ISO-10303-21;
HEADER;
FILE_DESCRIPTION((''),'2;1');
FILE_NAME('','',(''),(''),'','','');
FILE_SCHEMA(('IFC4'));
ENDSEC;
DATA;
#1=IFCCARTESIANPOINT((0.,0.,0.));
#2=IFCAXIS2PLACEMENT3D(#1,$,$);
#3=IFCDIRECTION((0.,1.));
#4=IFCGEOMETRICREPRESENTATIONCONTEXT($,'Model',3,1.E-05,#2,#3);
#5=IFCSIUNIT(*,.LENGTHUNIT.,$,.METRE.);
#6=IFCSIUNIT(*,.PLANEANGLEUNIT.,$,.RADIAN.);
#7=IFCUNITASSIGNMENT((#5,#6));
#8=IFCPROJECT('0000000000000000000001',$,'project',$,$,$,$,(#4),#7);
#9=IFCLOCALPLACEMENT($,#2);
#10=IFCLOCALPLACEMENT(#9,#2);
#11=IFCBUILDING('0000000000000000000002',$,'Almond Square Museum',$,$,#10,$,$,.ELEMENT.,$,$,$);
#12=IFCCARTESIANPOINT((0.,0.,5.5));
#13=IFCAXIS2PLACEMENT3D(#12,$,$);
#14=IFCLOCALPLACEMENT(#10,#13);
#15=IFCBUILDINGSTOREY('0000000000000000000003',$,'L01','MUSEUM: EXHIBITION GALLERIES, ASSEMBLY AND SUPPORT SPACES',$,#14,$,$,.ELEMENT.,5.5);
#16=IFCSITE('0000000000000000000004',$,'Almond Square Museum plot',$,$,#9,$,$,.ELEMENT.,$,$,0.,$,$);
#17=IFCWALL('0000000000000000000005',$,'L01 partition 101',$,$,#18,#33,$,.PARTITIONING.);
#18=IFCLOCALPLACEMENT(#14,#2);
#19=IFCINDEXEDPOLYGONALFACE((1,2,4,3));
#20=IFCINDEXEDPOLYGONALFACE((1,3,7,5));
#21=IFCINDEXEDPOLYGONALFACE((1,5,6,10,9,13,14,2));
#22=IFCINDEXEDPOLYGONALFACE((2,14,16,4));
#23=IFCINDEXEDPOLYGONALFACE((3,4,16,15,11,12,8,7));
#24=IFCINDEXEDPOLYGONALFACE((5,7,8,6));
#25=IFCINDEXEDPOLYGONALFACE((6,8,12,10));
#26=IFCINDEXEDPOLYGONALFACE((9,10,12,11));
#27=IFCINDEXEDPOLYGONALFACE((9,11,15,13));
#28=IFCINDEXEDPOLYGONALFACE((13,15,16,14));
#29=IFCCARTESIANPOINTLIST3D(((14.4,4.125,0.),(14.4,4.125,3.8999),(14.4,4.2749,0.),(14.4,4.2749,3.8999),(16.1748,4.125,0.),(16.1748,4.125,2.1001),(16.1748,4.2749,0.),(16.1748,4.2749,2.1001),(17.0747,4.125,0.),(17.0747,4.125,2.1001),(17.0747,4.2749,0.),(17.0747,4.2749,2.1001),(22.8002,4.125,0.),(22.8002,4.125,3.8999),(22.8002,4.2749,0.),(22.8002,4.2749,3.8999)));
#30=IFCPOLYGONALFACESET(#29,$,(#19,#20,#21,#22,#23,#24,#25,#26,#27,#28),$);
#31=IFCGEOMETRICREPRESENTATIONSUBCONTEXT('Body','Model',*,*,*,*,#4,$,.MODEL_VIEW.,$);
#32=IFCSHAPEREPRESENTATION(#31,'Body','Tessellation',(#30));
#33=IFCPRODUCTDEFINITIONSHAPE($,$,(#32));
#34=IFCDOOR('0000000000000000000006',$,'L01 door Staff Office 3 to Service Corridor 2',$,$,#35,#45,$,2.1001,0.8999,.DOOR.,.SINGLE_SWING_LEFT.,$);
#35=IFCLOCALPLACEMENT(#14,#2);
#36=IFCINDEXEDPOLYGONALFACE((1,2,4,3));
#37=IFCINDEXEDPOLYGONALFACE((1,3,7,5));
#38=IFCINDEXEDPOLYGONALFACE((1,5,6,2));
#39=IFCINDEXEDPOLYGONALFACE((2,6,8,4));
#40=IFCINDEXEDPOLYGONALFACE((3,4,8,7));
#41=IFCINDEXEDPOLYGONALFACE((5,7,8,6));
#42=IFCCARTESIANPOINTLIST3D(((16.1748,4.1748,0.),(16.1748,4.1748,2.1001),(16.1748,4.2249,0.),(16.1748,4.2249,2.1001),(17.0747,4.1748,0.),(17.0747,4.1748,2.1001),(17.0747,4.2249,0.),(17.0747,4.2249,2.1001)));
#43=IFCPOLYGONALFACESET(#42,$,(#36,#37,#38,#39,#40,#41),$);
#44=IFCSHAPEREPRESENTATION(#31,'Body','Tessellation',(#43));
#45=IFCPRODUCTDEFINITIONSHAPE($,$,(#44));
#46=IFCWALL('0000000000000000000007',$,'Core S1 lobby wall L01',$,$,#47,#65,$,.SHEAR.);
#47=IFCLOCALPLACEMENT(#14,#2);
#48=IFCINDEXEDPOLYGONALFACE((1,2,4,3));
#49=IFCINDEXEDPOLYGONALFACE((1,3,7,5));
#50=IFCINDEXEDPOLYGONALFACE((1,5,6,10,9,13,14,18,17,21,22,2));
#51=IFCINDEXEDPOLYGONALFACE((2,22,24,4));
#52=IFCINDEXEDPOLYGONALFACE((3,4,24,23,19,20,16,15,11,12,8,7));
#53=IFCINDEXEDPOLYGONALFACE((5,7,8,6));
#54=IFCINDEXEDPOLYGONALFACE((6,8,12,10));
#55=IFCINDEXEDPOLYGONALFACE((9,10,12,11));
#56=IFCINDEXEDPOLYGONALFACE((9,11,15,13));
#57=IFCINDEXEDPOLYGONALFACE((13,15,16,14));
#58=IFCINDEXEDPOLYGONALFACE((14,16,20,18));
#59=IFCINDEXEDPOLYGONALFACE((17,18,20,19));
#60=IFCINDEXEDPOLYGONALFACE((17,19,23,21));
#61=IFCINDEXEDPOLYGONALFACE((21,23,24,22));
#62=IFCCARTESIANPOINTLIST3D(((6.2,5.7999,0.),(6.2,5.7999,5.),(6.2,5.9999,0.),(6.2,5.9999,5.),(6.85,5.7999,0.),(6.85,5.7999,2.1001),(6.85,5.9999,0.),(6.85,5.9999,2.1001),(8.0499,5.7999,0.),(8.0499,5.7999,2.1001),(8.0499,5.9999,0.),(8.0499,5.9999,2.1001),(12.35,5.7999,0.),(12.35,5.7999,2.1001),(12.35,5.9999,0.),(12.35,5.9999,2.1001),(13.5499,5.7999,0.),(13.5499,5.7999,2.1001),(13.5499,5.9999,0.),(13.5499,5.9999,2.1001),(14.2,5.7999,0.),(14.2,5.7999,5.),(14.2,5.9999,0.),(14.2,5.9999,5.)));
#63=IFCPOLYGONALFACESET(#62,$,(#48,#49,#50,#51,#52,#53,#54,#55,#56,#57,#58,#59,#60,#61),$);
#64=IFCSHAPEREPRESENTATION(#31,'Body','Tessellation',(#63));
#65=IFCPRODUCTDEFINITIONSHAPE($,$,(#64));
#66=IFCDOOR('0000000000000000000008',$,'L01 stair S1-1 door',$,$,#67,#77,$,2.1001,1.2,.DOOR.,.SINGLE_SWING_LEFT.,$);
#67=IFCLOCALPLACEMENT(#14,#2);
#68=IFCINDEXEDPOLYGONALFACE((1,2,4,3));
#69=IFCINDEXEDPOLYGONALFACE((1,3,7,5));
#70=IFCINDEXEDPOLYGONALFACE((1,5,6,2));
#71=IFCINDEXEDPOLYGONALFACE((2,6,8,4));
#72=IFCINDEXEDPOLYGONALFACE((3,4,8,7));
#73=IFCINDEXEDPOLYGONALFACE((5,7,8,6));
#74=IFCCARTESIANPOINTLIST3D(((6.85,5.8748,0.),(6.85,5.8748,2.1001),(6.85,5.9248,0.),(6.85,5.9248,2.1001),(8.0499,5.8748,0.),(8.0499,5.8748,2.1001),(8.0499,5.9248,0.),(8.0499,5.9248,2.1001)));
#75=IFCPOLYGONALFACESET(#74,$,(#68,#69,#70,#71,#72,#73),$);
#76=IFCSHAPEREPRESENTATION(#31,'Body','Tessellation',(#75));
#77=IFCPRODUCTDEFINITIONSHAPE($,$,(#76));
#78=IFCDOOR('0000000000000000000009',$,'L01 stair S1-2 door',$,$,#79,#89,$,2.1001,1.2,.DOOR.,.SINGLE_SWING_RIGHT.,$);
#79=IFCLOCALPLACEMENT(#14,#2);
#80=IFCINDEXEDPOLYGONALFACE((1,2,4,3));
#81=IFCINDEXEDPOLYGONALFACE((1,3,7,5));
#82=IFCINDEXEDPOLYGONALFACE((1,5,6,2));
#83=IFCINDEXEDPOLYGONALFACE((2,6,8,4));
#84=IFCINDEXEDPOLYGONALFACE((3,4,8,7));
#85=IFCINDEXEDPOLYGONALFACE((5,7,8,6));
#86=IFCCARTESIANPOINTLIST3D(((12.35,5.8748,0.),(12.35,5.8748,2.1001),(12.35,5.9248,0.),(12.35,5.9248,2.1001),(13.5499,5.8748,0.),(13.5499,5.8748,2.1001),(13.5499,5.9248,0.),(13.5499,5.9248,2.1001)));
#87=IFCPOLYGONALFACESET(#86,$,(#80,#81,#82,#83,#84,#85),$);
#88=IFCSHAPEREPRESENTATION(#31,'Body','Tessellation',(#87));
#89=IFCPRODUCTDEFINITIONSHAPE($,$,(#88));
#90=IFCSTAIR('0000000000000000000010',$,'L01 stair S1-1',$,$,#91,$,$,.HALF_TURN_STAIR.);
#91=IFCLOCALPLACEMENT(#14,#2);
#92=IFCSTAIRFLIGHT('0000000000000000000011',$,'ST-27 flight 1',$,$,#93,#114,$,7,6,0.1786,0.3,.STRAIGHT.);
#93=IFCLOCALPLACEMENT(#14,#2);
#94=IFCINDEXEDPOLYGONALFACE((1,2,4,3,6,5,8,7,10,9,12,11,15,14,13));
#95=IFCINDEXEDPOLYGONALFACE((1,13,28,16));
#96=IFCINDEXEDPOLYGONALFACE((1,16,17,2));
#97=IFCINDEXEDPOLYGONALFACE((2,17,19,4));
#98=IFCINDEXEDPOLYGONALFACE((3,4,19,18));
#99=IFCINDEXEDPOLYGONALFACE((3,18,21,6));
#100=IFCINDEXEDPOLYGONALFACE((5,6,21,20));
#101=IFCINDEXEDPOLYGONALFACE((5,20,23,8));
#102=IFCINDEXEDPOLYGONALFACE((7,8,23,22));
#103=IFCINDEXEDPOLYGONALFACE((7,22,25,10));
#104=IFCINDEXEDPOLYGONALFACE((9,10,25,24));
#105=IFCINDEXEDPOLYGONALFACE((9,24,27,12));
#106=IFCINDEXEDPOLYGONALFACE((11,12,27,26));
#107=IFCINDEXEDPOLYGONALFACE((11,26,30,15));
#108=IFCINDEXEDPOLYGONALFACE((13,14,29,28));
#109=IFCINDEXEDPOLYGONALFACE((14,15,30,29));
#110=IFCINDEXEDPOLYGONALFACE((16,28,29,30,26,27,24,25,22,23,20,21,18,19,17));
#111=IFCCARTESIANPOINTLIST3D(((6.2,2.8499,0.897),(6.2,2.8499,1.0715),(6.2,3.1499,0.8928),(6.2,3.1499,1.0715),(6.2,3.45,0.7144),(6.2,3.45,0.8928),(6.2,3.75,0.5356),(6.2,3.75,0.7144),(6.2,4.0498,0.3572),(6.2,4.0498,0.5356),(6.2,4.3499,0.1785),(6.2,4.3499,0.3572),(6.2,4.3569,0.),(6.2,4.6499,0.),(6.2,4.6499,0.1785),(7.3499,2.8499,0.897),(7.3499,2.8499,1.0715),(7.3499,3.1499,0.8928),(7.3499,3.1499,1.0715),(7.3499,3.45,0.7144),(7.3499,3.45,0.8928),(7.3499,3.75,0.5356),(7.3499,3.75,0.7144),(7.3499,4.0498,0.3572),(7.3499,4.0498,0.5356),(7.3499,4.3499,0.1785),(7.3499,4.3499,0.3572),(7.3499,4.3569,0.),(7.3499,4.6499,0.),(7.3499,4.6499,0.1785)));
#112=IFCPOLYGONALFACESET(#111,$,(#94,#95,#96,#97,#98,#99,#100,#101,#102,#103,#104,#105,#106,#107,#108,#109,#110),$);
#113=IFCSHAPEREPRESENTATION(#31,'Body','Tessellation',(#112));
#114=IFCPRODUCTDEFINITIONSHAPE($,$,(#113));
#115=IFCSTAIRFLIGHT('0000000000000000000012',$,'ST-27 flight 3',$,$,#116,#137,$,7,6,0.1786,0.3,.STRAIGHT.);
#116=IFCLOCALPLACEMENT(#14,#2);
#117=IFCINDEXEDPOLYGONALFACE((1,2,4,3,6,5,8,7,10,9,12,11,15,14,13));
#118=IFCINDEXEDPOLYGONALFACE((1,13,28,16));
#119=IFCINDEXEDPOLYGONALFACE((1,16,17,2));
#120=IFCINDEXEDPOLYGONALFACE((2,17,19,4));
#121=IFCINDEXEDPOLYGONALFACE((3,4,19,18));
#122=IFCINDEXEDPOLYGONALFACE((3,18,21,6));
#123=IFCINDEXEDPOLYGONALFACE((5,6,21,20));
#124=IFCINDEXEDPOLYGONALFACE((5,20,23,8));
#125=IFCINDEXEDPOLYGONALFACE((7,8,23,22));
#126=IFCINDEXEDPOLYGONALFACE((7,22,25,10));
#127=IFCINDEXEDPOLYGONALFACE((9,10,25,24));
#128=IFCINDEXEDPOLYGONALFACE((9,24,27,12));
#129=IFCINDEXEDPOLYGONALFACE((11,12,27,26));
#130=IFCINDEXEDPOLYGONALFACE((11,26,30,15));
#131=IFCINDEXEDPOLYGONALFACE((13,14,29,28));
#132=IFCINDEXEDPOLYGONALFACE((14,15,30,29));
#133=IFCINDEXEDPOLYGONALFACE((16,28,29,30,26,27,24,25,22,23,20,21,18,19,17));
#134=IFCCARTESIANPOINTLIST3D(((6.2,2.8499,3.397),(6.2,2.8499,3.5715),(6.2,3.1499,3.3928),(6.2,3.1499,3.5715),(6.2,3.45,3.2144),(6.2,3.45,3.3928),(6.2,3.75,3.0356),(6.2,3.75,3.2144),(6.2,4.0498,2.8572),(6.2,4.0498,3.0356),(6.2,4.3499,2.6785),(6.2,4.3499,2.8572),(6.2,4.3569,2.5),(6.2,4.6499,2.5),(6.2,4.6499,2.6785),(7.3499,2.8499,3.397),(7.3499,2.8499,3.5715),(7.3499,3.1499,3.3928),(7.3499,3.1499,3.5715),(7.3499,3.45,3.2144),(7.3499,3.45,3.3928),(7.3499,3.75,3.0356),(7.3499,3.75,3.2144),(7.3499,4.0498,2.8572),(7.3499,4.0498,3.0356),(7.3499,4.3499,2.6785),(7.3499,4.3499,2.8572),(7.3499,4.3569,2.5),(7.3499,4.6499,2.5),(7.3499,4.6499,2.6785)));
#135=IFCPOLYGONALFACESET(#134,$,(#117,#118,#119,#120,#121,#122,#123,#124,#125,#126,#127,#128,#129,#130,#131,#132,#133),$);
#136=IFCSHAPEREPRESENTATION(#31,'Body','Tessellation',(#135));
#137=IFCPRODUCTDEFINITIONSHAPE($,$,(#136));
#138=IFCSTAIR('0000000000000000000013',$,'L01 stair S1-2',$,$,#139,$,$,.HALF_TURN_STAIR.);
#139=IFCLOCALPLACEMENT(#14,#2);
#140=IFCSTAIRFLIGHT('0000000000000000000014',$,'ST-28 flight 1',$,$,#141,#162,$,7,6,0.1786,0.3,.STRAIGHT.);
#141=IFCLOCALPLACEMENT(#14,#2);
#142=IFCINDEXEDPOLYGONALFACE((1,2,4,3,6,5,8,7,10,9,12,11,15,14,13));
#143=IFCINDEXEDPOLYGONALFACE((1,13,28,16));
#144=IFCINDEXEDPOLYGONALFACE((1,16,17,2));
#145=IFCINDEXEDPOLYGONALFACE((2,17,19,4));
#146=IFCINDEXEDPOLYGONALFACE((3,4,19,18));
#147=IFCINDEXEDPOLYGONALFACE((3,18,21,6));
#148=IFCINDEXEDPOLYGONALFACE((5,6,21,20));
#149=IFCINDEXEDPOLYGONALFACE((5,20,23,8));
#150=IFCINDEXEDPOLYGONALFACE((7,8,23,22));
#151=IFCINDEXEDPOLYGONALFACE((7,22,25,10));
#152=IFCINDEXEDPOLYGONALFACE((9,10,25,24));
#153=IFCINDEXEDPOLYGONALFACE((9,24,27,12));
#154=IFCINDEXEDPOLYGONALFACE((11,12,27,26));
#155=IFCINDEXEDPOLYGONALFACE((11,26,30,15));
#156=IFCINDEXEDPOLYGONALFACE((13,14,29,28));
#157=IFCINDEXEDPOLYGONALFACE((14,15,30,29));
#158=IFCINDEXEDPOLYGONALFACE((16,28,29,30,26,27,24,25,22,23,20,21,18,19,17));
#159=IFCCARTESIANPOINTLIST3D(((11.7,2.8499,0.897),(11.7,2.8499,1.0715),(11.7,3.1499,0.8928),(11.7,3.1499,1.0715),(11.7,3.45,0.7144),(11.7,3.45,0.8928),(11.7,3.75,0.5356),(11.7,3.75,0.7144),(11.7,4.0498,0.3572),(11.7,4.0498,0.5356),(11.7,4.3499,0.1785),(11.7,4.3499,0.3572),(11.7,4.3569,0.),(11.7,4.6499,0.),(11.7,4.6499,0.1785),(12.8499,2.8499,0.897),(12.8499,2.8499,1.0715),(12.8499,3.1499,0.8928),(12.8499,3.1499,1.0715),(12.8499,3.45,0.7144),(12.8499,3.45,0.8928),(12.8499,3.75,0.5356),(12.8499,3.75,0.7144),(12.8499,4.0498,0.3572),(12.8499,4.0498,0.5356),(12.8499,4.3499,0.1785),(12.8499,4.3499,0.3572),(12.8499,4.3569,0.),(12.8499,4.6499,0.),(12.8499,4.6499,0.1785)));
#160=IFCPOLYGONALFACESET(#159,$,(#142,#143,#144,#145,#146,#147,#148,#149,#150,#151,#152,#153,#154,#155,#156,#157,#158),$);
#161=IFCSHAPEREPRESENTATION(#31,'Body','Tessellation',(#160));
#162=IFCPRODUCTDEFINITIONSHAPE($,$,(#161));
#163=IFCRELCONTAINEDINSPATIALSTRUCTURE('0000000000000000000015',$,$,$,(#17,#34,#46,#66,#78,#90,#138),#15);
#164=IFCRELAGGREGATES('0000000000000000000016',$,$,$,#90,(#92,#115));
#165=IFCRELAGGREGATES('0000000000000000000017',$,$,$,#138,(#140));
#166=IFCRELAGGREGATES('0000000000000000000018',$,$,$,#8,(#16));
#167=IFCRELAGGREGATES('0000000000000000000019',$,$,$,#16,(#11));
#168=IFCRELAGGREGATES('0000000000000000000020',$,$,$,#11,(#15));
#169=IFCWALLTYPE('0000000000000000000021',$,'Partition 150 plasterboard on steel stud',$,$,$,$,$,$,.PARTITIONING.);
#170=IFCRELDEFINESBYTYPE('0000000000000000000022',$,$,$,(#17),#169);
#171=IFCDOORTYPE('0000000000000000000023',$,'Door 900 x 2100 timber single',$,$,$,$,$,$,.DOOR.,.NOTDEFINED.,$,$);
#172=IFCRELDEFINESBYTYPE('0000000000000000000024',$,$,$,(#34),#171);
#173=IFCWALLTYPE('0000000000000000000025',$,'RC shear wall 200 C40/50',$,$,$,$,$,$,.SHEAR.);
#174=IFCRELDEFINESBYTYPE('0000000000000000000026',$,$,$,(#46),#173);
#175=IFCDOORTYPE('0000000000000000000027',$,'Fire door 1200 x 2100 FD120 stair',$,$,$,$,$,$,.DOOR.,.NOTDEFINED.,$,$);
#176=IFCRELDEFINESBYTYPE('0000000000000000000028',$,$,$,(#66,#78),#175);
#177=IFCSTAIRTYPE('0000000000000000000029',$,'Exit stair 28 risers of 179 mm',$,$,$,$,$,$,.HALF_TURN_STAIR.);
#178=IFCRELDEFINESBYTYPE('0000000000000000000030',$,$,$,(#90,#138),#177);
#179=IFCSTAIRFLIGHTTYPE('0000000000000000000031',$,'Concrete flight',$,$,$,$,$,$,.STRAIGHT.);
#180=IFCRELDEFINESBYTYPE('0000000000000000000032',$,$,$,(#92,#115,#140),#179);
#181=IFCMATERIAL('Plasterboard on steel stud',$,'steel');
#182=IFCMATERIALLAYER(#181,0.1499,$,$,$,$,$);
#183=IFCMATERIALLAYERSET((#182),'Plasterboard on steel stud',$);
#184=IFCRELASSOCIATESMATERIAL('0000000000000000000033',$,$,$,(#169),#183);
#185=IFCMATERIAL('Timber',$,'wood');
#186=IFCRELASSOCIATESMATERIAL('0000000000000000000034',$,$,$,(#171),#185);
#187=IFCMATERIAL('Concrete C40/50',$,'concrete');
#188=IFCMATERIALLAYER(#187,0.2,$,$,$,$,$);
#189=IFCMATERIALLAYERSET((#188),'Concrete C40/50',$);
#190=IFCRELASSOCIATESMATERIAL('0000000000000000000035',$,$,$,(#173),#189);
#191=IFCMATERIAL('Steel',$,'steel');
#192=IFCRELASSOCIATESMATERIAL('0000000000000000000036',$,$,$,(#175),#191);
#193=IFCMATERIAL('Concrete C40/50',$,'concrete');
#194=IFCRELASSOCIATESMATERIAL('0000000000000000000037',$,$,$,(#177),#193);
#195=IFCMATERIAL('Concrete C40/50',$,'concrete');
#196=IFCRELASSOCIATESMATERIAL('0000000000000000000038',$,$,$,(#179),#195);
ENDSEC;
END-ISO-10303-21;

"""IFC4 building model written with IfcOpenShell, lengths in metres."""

from ifc_helpers import new_model, si_unit, direction, frame, frame_2d, origin, place, context, subcontext, project, spatial, polyline, rectangle, outline, extrude, material, layer, layer_set, type_object, element, fill, aggregate, save


model = new_model("IFC4")

# Units and contexts
model_context = context("Model", 3, precision=1e-05, world=origin(), true_north=direction((0.0, 1.0)))
body_context = subcontext(model_context, "Body", "Model", "MODEL_VIEW")
ifc_project = project(units=[si_unit("LENGTHUNIT", "METRE"), si_unit("PLANEANGLEUNIT", "RADIAN")], contexts=[model_context])

# Site, building, storey
site_placement = place(None, origin())
site = spatial("IfcSite", under=ifc_project, at=site_placement, Name="Almond Square Museum plot", CompositionType="ELEMENT", RefElevation=0.0)
building_placement = place(site_placement, origin())
building = spatial("IfcBuilding", under=site, at=building_placement, Name="Almond Square Museum", CompositionType="ELEMENT")
storey_placement = place(building_placement, frame((0.0, 0.0, 5.5)))
storey = spatial("IfcBuildingStorey", under=building, at=storey_placement, Name="L01", Description="MUSEUM: EXHIBITION GALLERIES, ASSEMBLY AND SUPPORT SPACES", CompositionType="ELEMENT", Elevation=5.5)

# Wall, opening, door
ifc_material_1 = material(Name="Plasterboard on steel stud", Category="steel")
ifc_layer_1 = layer(ifc_material_1, 0.1499)
ifc_layer_set_1 = layer_set([ifc_layer_1], Name="Plasterboard on steel stud")
wall_type_1 = type_object("IfcWallType", Name="Partition 150 plasterboard on steel stud", PredefinedType="PARTITIONING", material=ifc_layer_set_1)
wall_1_placement = place(storey_placement, frame((14.3999, 4.2, 0.0), z_axis=(0.0, 0.0, 1.0), x_axis=(1.0, 0.0, 0.0)))
wall_1 = element("IfcWall", 1, at=wall_1_placement, inside=storey, type_object=wall_type_1, Name="L01 partition 101", PredefinedType="PARTITIONING", context=body_context, shape_type="SweptSolid", body=[
    extrude(rectangle(XDim=8.4001, YDim=0.1499, at=frame_2d((4.2002, 0.0))), origin(), (0.0, 0.0, 1.0), 3.8999),
])
opening_1_placement = place(wall_1_placement, frame((1.7749, 0.0, 0.0)))
opening_1 = element("IfcOpeningElement", 2, at=opening_1_placement, cuts=wall_1, PredefinedType="OPENING", context=body_context, shape_type="SweptSolid", body=[
    extrude(rectangle(XDim=0.8999, YDim=2.1001, at=frame_2d((0.45, 1.05))), frame((0.0, 0.085, 0.0), z_axis=(0.0, -1.0, 0.0), x_axis=(1.0, 0.0, 0.0)), (0.0, 0.0, 1.0), 0.1699),
])
ifc_material_2 = material(Name="Timber", Category="wood")
door_type_1 = type_object("IfcDoorType", Name="Door 900 x 2100 timber single", OperationType="NOTDEFINED", PredefinedType="DOOR", material=ifc_material_2)
door_1_placement = place(opening_1_placement, origin())
door_1 = element("IfcDoor", 3, at=door_1_placement, inside=storey, type_object=door_type_1, Name="L01 door Staff Office 3 to Service Corridor 2", OperationType="SINGLE_SWING_LEFT", OverallHeight=2.1001, OverallWidth=0.8999, PredefinedType="DOOR", context=body_context, shape_type="SweptSolid", body=[
    extrude(rectangle(XDim=0.8999, YDim=2.1001, at=frame_2d((0.45, 1.05))), frame((0.0, 0.0249, 0.0), z_axis=(0.0, -1.0, 0.0), x_axis=(1.0, 0.0, 0.0)), (0.0, 0.0, 1.0), 0.05),
])
fill(opening_1, door_1)

# Wall, openings, doors
ifc_material_3 = material(Name="Concrete C40/50", Category="concrete")
ifc_layer_2 = layer(ifc_material_3, 0.2)
ifc_layer_set_2 = layer_set([ifc_layer_2], Name="Concrete C40/50")
wall_type_2 = type_object("IfcWallType", Name="RC shear wall 200 C40/50", PredefinedType="SHEAR", material=ifc_layer_set_2)
wall_2_placement = place(storey_placement, frame((6.2, 5.8999, 0.0), z_axis=(0.0, 0.0, 1.0), x_axis=(1.0, 0.0, 0.0)))
wall_2 = element("IfcWall", 4, at=wall_2_placement, inside=storey, type_object=wall_type_2, Name="Core S1 lobby wall L01", PredefinedType="SHEAR", context=body_context, shape_type="SweptSolid", body=[
    extrude(rectangle(XDim=8.0, YDim=0.2, at=frame_2d((4.0, 0.0))), origin(), (0.0, 0.0, 1.0), 5.0),
])
opening_2_placement = place(wall_2_placement, frame((0.6499, 0.0, 0.0)))
opening_2 = element("IfcOpeningElement", 5, at=opening_2_placement, cuts=wall_2, PredefinedType="OPENING", context=body_context, shape_type="SweptSolid", body=[
    extrude(rectangle(XDim=1.2, YDim=2.1001, at=frame_2d((0.6001, 1.05))), frame((0.0, 0.1099, 0.0), z_axis=(0.0, -1.0, 0.0), x_axis=(1.0, 0.0, 0.0)), (0.0, 0.0, 1.0), 0.22),
])
opening_3_placement = place(wall_2_placement, frame((6.1499, 0.0, 0.0)))
opening_3 = element("IfcOpeningElement", 6, at=opening_3_placement, cuts=wall_2, PredefinedType="OPENING", context=body_context, shape_type="SweptSolid", body=[
    extrude(rectangle(XDim=1.2, YDim=2.1001, at=frame_2d((0.6001, 1.05))), frame((0.0, 0.1099, 0.0), z_axis=(0.0, -1.0, 0.0), x_axis=(1.0, 0.0, 0.0)), (0.0, 0.0, 1.0), 0.22),
])
ifc_material_4 = material(Name="Steel", Category="steel")
door_type_2 = type_object("IfcDoorType", Name="Fire door 1200 x 2100 FD120 stair", OperationType="NOTDEFINED", PredefinedType="DOOR", material=ifc_material_4)
door_2_placement = place(opening_2_placement, origin())
door_2 = element("IfcDoor", 7, at=door_2_placement, inside=storey, type_object=door_type_2, Name="L01 stair S1-1 door", OperationType="SINGLE_SWING_LEFT", OverallHeight=2.1001, OverallWidth=1.2, PredefinedType="DOOR", context=body_context, shape_type="SweptSolid", body=[
    extrude(rectangle(XDim=1.2, YDim=2.1001, at=frame_2d((0.6001, 1.05))), frame((0.0, 0.0249, 0.0), z_axis=(0.0, -1.0, 0.0), x_axis=(1.0, 0.0, 0.0)), (0.0, 0.0, 1.0), 0.05),
])
fill(opening_2, door_2)
door_3_placement = place(opening_3_placement, origin())
door_3 = element("IfcDoor", 8, at=door_3_placement, inside=storey, type_object=door_type_2, Name="L01 stair S1-2 door", OperationType="SINGLE_SWING_RIGHT", OverallHeight=2.1001, OverallWidth=1.2, PredefinedType="DOOR", context=body_context, shape_type="SweptSolid", body=[
    extrude(rectangle(XDim=1.2, YDim=2.1001, at=frame_2d((0.6001, 1.05))), frame((0.0, 0.0249, 0.0), z_axis=(0.0, -1.0, 0.0), x_axis=(1.0, 0.0, 0.0)), (0.0, 0.0, 1.0), 0.05),
])
fill(opening_3, door_3)

# Stairs, stair flights
ifc_material_5 = material(Name="Concrete C40/50", Category="concrete")
stair_type = type_object("IfcStairType", Name="Exit stair 28 risers of 179 mm", PredefinedType="HALF_TURN_STAIR", material=ifc_material_5)
stair_1_placement = place(storey_placement, origin())
stair_1 = element("IfcStair", 9, at=stair_1_placement, inside=storey, type_object=stair_type, Name="L01 stair S1-1", PredefinedType="HALF_TURN_STAIR")
ifc_material_6 = material(Name="Concrete C40/50", Category="concrete")
stair_flight_type = type_object("IfcStairFlightType", Name="Concrete flight", PredefinedType="STRAIGHT", material=ifc_material_6)
stair_flight_1_placement = place(storey_placement, frame((6.7749, 4.6499, 0.0), z_axis=(0.0, 0.0, 1.0), x_axis=(0.0, -1.0, 0.0)))
stair_flight_1 = element("IfcStairFlight", 10, at=stair_flight_1_placement, type_object=stair_flight_type, Name="ST-27 flight 1", NumberOfRisers=7, NumberOfTreads=6, PredefinedType="STRAIGHT", RiserHeight=0.1786, TreadLength=0.3, context=body_context, shape_type="SweptSolid", body=[
    extrude(outline(polyline([(0.0, 0.0), (0.0, 0.1785), (0.3, 0.1785), (0.3, 0.3572), (0.6001, 0.3572), (0.6001, 0.5356), (0.8999, 0.5356), (0.8999, 0.7144), (1.2, 0.7144), (1.2, 0.8928), (1.5, 0.8928), (1.5, 1.0715), (1.8, 1.0715), (1.8, 1.25), (1.8, 0.897), (0.293, 0.0), (0.0, 0.0)])), frame((0.0, 0.575, 0.0), z_axis=(0.0, -1.0, 0.0), x_axis=(1.0, 0.0, 0.0)), (0.0, 0.0, 1.0), 1.1499),
])
stair_flight_2_placement = place(storey_placement, frame((6.7749, 4.6499, 2.5), z_axis=(0.0, 0.0, 1.0), x_axis=(0.0, -1.0, 0.0)))
stair_flight_2 = element("IfcStairFlight", 11, at=stair_flight_2_placement, type_object=stair_flight_type, Name="ST-27 flight 3", NumberOfRisers=7, NumberOfTreads=6, PredefinedType="STRAIGHT", RiserHeight=0.1786, TreadLength=0.3, context=body_context, shape_type="SweptSolid", body=[
    extrude(outline(polyline([(0.0, 0.0), (0.0, 0.1785), (0.3, 0.1785), (0.3, 0.3572), (0.6001, 0.3572), (0.6001, 0.5356), (0.8999, 0.5356), (0.8999, 0.7144), (1.2, 0.7144), (1.2, 0.8928), (1.5, 0.8928), (1.5, 1.0715), (1.8, 1.0715), (1.8, 1.25), (1.8, 0.897), (0.293, 0.0), (0.0, 0.0)])), frame((0.0, 0.575, 0.0), z_axis=(0.0, -1.0, 0.0), x_axis=(1.0, 0.0, 0.0)), (0.0, 0.0, 1.0), 1.1499),
])
aggregate(stair_1, [stair_flight_1, stair_flight_2])
stair_2_placement = place(storey_placement, origin())
stair_2 = element("IfcStair", 12, at=stair_2_placement, inside=storey, type_object=stair_type, Name="L01 stair S1-2", PredefinedType="HALF_TURN_STAIR")
stair_flight_3_placement = place(storey_placement, frame((12.2749, 4.6499, 0.0), z_axis=(0.0, 0.0, 1.0), x_axis=(0.0, -1.0, 0.0)))
stair_flight_3 = element("IfcStairFlight", 13, at=stair_flight_3_placement, type_object=stair_flight_type, Name="ST-28 flight 1", NumberOfRisers=7, NumberOfTreads=6, PredefinedType="STRAIGHT", RiserHeight=0.1786, TreadLength=0.3, context=body_context, shape_type="SweptSolid", body=[
    extrude(outline(polyline([(0.0, 0.0), (0.0, 0.1785), (0.3, 0.1785), (0.3, 0.3572), (0.6001, 0.3572), (0.6001, 0.5356), (0.8999, 0.5356), (0.8999, 0.7144), (1.2, 0.7144), (1.2, 0.8928), (1.5, 0.8928), (1.5, 1.0715), (1.8, 1.0715), (1.8, 1.25), (1.8, 0.897), (0.293, 0.0), (0.0, 0.0)])), frame((0.0, 0.575, 0.0), z_axis=(0.0, -1.0, 0.0), x_axis=(1.0, 0.0, 0.0)), (0.0, 0.0, 1.0), 1.1499),
])
aggregate(stair_2, [stair_flight_3])

save(model, "model.ifc")
